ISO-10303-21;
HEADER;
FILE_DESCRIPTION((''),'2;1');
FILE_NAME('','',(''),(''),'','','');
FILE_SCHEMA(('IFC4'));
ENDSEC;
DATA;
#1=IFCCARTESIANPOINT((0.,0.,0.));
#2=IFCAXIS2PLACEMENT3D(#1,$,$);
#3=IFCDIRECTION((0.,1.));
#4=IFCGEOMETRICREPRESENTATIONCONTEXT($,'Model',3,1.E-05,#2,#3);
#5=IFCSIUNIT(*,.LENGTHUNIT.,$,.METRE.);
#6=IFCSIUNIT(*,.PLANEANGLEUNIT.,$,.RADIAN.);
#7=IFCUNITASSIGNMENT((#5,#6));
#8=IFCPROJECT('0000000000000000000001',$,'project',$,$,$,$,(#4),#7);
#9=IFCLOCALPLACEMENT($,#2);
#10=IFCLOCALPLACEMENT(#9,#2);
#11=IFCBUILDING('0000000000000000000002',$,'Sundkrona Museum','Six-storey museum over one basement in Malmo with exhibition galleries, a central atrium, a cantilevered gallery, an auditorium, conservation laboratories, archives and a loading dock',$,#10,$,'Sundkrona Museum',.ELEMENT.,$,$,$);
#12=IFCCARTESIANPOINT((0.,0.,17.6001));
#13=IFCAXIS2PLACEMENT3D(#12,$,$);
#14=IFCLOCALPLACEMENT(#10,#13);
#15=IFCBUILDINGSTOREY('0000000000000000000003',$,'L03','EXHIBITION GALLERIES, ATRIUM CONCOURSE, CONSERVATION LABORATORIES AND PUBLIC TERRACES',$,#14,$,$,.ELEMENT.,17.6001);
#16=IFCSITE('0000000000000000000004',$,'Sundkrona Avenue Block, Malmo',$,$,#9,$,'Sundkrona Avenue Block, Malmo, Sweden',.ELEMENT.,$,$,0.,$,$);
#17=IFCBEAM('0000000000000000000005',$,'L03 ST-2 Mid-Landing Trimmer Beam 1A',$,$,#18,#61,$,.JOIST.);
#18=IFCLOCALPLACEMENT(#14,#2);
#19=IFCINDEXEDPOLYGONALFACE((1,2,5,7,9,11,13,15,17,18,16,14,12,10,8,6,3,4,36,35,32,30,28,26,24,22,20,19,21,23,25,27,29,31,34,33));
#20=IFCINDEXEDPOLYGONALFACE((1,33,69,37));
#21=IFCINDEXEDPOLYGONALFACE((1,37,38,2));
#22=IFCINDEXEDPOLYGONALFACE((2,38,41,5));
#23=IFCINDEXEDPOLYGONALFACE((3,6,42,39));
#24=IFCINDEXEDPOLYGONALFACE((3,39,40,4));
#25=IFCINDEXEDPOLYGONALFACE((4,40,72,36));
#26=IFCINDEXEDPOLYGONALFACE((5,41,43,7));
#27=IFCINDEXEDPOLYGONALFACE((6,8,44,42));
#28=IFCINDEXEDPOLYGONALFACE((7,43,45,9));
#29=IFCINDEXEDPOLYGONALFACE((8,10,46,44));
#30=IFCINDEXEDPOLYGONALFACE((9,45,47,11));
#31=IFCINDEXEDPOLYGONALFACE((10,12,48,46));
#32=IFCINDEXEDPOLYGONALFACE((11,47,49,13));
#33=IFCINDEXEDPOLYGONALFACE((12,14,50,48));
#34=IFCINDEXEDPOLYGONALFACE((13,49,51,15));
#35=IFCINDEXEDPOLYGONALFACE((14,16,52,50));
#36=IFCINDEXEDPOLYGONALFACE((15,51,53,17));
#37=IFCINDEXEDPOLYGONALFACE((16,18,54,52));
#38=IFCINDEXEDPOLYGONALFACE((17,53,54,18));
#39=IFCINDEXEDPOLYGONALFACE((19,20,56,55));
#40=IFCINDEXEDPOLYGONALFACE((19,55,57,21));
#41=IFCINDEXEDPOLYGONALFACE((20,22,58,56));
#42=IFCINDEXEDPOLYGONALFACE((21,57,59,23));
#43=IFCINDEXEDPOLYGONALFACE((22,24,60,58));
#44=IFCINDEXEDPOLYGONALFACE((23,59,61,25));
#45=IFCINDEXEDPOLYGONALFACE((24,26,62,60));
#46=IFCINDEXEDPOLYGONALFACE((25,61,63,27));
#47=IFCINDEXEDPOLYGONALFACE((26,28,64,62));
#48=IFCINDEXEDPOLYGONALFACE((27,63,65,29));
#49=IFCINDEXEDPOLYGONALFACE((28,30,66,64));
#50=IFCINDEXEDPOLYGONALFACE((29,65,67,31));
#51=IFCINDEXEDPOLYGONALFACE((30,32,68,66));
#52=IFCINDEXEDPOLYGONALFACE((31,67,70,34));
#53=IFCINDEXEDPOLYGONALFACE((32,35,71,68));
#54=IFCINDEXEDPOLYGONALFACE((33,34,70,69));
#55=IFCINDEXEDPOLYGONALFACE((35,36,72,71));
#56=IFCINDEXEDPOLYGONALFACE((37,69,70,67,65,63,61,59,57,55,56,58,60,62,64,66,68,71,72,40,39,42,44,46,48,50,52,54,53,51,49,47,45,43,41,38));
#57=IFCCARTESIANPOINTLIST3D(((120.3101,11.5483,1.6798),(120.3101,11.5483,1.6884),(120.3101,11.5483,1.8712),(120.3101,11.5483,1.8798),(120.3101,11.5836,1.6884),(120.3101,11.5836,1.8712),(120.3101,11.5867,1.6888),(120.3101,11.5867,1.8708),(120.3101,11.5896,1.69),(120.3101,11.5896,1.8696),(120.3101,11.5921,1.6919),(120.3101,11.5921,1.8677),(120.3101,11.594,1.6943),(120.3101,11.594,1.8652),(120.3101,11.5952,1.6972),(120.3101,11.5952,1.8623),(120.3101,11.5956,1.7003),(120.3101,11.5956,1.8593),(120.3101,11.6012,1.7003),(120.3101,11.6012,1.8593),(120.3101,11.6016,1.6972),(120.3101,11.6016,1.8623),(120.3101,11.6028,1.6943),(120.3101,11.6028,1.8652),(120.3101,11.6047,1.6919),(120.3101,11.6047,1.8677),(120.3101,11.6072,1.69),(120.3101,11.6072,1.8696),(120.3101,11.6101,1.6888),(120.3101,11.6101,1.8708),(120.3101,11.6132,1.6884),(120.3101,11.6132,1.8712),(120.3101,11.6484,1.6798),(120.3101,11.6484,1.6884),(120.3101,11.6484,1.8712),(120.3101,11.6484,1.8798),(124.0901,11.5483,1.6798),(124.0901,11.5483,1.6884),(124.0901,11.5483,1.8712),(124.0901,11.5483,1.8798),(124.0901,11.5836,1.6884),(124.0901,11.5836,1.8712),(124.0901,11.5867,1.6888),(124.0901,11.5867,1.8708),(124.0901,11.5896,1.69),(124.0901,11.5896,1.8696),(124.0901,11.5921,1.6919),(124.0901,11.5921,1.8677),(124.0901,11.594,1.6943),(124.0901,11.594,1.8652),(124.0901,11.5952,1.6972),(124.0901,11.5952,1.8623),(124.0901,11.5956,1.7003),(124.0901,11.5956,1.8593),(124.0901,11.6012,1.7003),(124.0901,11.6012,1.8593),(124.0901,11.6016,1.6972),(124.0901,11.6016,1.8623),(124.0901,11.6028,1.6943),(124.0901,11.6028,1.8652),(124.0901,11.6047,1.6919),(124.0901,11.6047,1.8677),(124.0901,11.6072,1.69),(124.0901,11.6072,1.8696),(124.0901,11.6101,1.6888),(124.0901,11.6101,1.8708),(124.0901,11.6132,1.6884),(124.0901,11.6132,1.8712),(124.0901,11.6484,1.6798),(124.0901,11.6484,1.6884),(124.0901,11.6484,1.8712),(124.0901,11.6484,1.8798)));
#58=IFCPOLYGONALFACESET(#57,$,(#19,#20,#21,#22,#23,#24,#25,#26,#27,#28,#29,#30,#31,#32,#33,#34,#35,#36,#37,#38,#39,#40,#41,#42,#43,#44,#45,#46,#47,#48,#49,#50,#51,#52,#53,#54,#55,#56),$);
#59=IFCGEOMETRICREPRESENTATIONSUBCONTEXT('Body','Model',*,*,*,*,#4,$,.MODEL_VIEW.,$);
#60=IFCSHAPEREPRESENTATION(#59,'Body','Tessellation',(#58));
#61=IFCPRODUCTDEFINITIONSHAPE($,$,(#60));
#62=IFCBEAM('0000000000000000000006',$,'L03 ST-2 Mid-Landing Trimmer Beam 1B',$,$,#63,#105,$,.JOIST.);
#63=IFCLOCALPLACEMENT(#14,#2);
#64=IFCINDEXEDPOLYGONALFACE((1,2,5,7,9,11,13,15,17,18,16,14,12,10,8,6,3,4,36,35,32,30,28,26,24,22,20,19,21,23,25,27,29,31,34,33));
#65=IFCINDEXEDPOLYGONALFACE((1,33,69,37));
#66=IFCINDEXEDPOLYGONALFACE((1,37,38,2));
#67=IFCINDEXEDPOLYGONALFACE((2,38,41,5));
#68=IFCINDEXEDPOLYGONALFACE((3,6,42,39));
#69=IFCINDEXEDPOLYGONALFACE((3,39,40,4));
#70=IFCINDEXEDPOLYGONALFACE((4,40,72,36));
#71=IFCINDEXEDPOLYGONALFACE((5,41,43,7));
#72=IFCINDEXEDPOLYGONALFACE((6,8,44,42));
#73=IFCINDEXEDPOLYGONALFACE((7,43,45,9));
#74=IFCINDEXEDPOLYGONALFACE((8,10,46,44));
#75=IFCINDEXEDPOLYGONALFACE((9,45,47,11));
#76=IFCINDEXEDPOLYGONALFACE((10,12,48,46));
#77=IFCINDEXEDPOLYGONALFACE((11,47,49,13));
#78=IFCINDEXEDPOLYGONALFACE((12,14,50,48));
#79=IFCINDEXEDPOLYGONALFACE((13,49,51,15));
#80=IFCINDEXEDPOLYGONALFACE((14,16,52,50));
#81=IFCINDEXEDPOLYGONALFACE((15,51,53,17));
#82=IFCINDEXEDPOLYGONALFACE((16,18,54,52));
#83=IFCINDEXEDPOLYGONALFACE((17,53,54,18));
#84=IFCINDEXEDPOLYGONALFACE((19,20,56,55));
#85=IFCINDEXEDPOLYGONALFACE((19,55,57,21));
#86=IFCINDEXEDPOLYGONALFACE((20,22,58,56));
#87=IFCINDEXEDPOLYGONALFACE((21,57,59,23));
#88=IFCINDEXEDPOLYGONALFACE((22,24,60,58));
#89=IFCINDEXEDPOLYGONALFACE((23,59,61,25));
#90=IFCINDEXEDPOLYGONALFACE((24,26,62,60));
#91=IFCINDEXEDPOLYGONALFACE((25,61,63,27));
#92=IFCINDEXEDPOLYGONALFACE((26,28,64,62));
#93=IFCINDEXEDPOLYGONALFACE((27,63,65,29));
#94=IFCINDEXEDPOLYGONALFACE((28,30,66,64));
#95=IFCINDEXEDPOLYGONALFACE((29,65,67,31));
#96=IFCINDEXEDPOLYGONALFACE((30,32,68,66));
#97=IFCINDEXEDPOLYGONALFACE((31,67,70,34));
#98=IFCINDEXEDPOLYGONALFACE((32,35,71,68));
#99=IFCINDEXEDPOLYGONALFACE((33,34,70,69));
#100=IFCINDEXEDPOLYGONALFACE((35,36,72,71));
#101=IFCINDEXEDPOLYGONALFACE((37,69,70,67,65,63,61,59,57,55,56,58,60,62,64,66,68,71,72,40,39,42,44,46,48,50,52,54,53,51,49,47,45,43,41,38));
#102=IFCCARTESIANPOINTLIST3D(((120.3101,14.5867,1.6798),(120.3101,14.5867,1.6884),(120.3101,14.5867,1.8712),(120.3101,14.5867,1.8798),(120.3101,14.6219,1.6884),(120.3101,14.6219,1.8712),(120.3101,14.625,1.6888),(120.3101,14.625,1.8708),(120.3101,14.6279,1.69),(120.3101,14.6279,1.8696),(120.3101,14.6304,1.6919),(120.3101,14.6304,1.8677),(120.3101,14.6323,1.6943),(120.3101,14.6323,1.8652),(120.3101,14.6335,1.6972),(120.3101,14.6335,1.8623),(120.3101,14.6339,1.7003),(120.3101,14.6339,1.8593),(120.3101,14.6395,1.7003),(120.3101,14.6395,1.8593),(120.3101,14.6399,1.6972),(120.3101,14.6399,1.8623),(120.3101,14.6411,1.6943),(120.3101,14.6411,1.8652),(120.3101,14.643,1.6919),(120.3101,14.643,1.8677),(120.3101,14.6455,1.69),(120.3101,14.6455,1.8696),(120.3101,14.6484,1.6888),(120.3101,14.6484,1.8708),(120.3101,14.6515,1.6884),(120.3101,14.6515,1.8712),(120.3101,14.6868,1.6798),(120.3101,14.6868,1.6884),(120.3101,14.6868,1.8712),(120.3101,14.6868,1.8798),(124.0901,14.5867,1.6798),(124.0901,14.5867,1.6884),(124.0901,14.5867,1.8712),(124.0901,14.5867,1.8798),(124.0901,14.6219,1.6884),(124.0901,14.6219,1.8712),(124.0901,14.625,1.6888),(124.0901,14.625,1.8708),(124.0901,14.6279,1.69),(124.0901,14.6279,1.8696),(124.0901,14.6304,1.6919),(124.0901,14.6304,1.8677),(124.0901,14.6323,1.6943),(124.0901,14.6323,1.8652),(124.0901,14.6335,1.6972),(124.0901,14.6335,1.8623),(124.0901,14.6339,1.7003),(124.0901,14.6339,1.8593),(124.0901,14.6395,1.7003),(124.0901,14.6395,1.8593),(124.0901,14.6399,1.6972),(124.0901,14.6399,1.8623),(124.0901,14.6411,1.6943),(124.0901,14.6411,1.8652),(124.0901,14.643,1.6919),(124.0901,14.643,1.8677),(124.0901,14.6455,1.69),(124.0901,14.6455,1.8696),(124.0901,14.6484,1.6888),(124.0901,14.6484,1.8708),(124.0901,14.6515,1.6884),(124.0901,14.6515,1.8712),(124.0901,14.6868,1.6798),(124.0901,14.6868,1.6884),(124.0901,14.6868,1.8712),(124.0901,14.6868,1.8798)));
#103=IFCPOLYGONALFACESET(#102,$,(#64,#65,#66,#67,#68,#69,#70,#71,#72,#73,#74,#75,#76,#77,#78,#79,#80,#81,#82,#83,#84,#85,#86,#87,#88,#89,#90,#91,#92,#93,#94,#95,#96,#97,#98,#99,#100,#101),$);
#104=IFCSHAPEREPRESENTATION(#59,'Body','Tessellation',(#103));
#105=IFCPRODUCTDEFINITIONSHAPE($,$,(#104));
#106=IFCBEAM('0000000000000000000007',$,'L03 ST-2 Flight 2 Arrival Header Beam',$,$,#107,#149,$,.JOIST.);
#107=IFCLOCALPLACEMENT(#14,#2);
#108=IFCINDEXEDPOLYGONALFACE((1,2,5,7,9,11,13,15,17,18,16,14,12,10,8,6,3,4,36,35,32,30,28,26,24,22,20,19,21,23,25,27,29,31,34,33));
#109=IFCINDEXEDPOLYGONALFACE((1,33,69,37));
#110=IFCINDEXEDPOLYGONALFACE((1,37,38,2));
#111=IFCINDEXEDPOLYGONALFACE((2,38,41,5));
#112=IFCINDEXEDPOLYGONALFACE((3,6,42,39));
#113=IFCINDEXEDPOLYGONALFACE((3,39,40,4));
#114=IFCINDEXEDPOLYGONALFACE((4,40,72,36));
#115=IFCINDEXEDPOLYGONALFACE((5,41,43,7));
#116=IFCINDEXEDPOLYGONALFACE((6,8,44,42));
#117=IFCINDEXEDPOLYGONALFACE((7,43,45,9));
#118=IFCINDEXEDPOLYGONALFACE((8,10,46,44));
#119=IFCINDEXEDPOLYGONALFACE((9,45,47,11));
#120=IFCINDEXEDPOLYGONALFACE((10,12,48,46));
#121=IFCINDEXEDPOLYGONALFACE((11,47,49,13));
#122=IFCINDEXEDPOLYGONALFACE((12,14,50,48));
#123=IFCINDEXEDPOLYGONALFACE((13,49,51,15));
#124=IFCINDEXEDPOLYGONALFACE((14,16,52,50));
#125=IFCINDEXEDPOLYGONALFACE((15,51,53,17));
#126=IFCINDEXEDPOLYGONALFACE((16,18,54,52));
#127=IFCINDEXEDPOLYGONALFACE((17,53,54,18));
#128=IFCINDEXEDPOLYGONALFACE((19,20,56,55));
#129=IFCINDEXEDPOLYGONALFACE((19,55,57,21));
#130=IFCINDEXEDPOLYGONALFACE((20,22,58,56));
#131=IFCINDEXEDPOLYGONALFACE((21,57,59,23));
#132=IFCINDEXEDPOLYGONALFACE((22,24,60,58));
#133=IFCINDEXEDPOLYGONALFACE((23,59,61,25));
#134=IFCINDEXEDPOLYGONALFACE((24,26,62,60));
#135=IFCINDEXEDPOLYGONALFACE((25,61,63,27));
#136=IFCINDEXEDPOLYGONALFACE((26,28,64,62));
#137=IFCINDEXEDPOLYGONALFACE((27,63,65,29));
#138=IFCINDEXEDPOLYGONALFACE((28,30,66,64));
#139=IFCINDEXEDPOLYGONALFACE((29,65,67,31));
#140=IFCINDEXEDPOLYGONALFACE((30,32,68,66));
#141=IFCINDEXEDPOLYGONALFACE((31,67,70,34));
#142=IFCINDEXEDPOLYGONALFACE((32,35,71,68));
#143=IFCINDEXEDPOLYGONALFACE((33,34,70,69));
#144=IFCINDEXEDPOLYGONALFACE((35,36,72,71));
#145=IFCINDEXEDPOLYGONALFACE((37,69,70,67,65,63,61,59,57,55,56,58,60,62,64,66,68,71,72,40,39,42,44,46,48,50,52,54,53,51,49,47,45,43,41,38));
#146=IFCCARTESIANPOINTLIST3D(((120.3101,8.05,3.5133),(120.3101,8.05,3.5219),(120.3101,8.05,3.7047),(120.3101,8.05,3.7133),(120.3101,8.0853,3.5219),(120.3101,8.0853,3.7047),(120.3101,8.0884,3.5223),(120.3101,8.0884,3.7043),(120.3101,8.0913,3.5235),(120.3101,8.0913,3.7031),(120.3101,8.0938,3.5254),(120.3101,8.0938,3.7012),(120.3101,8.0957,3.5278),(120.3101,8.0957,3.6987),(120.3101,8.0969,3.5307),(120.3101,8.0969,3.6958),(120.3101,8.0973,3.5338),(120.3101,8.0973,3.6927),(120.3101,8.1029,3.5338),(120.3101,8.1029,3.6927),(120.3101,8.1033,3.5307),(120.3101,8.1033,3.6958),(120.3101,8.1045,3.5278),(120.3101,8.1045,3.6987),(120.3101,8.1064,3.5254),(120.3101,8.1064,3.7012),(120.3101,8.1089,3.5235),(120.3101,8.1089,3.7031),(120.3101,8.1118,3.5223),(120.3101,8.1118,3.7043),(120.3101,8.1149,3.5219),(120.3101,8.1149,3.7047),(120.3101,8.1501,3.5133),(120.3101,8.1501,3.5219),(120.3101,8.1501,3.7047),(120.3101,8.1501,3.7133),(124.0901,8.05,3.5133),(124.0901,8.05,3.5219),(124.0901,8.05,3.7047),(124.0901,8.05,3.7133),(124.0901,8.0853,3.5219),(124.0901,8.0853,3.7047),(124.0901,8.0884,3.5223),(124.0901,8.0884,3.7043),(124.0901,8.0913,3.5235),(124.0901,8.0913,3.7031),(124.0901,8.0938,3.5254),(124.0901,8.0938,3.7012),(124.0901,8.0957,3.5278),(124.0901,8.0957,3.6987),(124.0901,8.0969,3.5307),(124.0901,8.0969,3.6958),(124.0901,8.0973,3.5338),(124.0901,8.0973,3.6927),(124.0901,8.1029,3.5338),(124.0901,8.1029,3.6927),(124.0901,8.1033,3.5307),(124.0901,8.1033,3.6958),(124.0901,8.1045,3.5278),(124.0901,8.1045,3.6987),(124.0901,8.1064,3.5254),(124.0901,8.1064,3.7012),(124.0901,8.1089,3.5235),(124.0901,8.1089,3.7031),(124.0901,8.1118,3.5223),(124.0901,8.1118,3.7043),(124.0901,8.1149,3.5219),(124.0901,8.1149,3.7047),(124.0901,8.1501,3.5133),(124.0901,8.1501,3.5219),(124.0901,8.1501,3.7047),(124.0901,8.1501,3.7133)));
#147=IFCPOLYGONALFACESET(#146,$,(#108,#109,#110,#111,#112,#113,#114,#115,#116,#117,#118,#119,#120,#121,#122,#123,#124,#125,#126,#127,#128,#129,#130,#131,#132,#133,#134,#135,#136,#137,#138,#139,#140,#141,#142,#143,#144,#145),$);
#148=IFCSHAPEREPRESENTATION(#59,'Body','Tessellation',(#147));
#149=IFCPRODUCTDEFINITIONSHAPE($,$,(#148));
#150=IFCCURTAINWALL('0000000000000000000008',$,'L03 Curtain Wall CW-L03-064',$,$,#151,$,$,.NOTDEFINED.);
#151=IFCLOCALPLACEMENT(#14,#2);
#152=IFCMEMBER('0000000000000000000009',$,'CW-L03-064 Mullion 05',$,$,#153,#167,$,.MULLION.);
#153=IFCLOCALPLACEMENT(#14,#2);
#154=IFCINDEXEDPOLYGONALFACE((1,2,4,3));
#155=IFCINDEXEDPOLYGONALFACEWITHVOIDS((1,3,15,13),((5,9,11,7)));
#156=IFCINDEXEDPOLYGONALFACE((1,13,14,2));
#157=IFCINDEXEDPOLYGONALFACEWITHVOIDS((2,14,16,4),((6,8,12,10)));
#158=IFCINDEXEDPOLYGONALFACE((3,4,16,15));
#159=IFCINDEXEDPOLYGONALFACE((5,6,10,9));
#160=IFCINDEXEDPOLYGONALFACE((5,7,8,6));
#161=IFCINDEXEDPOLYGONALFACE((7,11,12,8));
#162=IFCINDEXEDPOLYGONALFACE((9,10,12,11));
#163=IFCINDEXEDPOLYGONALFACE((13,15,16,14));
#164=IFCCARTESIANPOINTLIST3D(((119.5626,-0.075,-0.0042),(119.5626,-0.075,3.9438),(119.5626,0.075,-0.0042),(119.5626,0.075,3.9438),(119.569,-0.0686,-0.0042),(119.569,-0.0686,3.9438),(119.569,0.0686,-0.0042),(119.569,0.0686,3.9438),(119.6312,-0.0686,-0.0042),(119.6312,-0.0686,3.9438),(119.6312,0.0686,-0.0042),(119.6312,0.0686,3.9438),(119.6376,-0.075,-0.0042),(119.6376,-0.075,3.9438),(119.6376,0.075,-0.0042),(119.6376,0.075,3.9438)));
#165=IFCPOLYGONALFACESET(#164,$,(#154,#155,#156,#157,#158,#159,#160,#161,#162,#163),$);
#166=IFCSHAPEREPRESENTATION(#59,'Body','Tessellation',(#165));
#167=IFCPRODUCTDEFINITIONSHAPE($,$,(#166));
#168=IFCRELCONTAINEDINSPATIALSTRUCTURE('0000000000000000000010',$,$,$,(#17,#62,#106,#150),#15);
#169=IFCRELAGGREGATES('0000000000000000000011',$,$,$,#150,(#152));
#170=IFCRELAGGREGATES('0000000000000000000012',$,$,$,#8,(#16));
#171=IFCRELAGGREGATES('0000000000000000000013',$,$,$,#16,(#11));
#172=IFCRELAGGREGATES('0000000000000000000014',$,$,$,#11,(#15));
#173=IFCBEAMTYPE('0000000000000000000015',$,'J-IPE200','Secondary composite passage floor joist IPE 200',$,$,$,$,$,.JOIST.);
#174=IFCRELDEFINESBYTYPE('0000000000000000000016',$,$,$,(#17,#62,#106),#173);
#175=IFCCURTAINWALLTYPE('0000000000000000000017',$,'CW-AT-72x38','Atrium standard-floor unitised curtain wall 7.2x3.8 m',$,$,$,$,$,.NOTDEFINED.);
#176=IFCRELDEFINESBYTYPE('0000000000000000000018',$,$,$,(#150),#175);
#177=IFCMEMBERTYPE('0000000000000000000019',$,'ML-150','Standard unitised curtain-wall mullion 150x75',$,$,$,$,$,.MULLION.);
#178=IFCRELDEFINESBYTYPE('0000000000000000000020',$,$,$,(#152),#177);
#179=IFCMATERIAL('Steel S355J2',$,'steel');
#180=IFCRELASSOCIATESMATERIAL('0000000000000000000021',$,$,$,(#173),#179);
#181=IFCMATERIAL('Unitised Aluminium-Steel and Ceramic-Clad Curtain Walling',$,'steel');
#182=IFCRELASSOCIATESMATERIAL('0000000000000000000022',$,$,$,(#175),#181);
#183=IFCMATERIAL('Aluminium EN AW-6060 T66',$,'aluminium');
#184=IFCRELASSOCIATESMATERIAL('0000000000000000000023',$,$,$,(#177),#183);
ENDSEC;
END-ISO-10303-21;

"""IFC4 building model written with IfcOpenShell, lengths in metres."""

from ifc_helpers import new_model, si_unit, direction, frame, origin, origin_2d, place, context, subcontext, project, spatial, hollow_rectangle, i_section, extrude, material, material_profile, profile_set, type_object, element, aggregate, save


model = new_model("IFC4")

# Units and contexts
model_context = context("Model", 3, precision=1e-05, world=origin(), true_north=direction((0.0, 1.0)))
body_context = subcontext(model_context, "Body", "Model", "MODEL_VIEW")
ifc_project = project(units=[si_unit("LENGTHUNIT", "METRE"), si_unit("PLANEANGLEUNIT", "RADIAN")], contexts=[model_context])

# Site, building, storey
site_placement = place(None, origin())
site = spatial("IfcSite", under=ifc_project, at=site_placement, Name="Sundkrona Avenue Block, Malmo", LongName="Sundkrona Avenue Block, Malmo, Sweden", CompositionType="ELEMENT", RefElevation=0.0)
building_placement = place(site_placement, origin())
building = spatial("IfcBuilding", under=site, at=building_placement, Name="Sundkrona Museum", Description="Six-storey museum over one basement in Malmo with exhibition galleries, a central atrium, a cantilevered gallery, an auditorium, conservation laboratories, archives and a loading dock", LongName="Sundkrona Museum", CompositionType="ELEMENT")
storey_placement = place(building_placement, frame((0.0, 0.0, 17.6001)))
storey = spatial("IfcBuildingStorey", under=building, at=storey_placement, Name="L03", Description="EXHIBITION GALLERIES, ATRIUM CONCOURSE, CONSERVATION LABORATORIES AND PUBLIC TERRACES", CompositionType="ELEMENT", Elevation=17.6001)

# Shared definitions
ifc_material_1 = material(Name="Steel S355J2", Category="steel")

# Beams
ifc_material_profile_1 = material_profile(ifc_material_1, i_section(OverallWidth=0.1001, OverallDepth=0.2, WebThickness=0.0056, FlangeThickness=0.0085, FilletRadius=0.012, at=origin_2d()), Name="IPE 200")
ifc_profile_set_1 = profile_set([ifc_material_profile_1], Name="Steel S355J2")
beam_type_1 = type_object("IfcBeamType", Name="J-IPE200", Description="Secondary composite passage floor joist IPE 200", PredefinedType="JOIST", material=ifc_profile_set_1)
for number, where, z_axis, x_axis, name in (
    (1, (120.3101, 11.5984, 1.7798), (1.0, 0.0, 0.0), (0.0, 1.0, 0.0), "L03 ST-2 Mid-Landing Trimmer Beam 1A"),
    (2, (120.3101, 14.6367, 1.7798), (1.0, 0.0, 0.0), (0.0, 1.0, 0.0), "L03 ST-2 Mid-Landing Trimmer Beam 1B"),
    (3, (120.3101, 8.1001, 3.6133), (1.0, 0.0, 0.0), (0.0, 1.0, 0.0), "L03 ST-2 Flight 2 Arrival Header Beam"),
):
    element("IfcBeam", number, at=place(storey_placement, frame(where, z_axis=z_axis, x_axis=x_axis)), inside=storey, type_object=beam_type_1, Name=name, PredefinedType="JOIST", context=body_context, shape_type="SweptSolid", body=[
        extrude(i_section(OverallWidth=0.1001, OverallDepth=0.2, WebThickness=0.0056, FlangeThickness=0.0085, FilletRadius=0.012, at=origin_2d()), origin(), (0.0, 0.0, 1.0), 3.78),
    ])

# Curtain wall, member
ifc_material_2 = material(Name="Unitised Aluminium-Steel and Ceramic-Clad Curtain Walling", Category="steel")
curtain_wall_type = type_object("IfcCurtainWallType", Name="CW-AT-72x38", Description="Atrium standard-floor unitised curtain wall 7.2x3.8 m", PredefinedType="NOTDEFINED", material=ifc_material_2)
curtain_wall_placement = place(storey_placement, origin())
curtain_wall = element("IfcCurtainWall", 4, at=curtain_wall_placement, inside=storey, type_object=curtain_wall_type, Name="L03 Curtain Wall CW-L03-064", PredefinedType="NOTDEFINED")
ifc_material_3 = material(Name="Aluminium EN AW-6060 T66", Category="aluminium")
ifc_material_profile_2 = material_profile(ifc_material_3, hollow_rectangle(XDim=0.075, YDim=0.1499, WallThickness=0.0063, at=origin_2d()), Name="RHS 150x75x6.3")
ifc_profile_set_2 = profile_set([ifc_material_profile_2], Name="Aluminium EN AW-6060 T66")
member_type_1 = type_object("IfcMemberType", Name="ML-150", Description="Standard unitised curtain-wall mullion 150x75", PredefinedType="MULLION", material=ifc_profile_set_2)
member_1_placement = place(storey_placement, frame((119.6001, 0.0, -0.0042), z_axis=(0.0, 0.0, 1.0), x_axis=(1.0, 0.0, 0.0)))
member_1 = element("IfcMember", 5, at=member_1_placement, type_object=member_type_1, Name="CW-L03-064 Mullion 05", PredefinedType="MULLION", context=body_context, shape_type="SweptSolid", body=[
    extrude(hollow_rectangle(XDim=0.075, YDim=0.1499, WallThickness=0.0063, at=origin_2d()), origin(), (0.0, 0.0, 1.0), 3.948),
])

aggregate(curtain_wall, [member_1])

save(model, "model.ifc")
